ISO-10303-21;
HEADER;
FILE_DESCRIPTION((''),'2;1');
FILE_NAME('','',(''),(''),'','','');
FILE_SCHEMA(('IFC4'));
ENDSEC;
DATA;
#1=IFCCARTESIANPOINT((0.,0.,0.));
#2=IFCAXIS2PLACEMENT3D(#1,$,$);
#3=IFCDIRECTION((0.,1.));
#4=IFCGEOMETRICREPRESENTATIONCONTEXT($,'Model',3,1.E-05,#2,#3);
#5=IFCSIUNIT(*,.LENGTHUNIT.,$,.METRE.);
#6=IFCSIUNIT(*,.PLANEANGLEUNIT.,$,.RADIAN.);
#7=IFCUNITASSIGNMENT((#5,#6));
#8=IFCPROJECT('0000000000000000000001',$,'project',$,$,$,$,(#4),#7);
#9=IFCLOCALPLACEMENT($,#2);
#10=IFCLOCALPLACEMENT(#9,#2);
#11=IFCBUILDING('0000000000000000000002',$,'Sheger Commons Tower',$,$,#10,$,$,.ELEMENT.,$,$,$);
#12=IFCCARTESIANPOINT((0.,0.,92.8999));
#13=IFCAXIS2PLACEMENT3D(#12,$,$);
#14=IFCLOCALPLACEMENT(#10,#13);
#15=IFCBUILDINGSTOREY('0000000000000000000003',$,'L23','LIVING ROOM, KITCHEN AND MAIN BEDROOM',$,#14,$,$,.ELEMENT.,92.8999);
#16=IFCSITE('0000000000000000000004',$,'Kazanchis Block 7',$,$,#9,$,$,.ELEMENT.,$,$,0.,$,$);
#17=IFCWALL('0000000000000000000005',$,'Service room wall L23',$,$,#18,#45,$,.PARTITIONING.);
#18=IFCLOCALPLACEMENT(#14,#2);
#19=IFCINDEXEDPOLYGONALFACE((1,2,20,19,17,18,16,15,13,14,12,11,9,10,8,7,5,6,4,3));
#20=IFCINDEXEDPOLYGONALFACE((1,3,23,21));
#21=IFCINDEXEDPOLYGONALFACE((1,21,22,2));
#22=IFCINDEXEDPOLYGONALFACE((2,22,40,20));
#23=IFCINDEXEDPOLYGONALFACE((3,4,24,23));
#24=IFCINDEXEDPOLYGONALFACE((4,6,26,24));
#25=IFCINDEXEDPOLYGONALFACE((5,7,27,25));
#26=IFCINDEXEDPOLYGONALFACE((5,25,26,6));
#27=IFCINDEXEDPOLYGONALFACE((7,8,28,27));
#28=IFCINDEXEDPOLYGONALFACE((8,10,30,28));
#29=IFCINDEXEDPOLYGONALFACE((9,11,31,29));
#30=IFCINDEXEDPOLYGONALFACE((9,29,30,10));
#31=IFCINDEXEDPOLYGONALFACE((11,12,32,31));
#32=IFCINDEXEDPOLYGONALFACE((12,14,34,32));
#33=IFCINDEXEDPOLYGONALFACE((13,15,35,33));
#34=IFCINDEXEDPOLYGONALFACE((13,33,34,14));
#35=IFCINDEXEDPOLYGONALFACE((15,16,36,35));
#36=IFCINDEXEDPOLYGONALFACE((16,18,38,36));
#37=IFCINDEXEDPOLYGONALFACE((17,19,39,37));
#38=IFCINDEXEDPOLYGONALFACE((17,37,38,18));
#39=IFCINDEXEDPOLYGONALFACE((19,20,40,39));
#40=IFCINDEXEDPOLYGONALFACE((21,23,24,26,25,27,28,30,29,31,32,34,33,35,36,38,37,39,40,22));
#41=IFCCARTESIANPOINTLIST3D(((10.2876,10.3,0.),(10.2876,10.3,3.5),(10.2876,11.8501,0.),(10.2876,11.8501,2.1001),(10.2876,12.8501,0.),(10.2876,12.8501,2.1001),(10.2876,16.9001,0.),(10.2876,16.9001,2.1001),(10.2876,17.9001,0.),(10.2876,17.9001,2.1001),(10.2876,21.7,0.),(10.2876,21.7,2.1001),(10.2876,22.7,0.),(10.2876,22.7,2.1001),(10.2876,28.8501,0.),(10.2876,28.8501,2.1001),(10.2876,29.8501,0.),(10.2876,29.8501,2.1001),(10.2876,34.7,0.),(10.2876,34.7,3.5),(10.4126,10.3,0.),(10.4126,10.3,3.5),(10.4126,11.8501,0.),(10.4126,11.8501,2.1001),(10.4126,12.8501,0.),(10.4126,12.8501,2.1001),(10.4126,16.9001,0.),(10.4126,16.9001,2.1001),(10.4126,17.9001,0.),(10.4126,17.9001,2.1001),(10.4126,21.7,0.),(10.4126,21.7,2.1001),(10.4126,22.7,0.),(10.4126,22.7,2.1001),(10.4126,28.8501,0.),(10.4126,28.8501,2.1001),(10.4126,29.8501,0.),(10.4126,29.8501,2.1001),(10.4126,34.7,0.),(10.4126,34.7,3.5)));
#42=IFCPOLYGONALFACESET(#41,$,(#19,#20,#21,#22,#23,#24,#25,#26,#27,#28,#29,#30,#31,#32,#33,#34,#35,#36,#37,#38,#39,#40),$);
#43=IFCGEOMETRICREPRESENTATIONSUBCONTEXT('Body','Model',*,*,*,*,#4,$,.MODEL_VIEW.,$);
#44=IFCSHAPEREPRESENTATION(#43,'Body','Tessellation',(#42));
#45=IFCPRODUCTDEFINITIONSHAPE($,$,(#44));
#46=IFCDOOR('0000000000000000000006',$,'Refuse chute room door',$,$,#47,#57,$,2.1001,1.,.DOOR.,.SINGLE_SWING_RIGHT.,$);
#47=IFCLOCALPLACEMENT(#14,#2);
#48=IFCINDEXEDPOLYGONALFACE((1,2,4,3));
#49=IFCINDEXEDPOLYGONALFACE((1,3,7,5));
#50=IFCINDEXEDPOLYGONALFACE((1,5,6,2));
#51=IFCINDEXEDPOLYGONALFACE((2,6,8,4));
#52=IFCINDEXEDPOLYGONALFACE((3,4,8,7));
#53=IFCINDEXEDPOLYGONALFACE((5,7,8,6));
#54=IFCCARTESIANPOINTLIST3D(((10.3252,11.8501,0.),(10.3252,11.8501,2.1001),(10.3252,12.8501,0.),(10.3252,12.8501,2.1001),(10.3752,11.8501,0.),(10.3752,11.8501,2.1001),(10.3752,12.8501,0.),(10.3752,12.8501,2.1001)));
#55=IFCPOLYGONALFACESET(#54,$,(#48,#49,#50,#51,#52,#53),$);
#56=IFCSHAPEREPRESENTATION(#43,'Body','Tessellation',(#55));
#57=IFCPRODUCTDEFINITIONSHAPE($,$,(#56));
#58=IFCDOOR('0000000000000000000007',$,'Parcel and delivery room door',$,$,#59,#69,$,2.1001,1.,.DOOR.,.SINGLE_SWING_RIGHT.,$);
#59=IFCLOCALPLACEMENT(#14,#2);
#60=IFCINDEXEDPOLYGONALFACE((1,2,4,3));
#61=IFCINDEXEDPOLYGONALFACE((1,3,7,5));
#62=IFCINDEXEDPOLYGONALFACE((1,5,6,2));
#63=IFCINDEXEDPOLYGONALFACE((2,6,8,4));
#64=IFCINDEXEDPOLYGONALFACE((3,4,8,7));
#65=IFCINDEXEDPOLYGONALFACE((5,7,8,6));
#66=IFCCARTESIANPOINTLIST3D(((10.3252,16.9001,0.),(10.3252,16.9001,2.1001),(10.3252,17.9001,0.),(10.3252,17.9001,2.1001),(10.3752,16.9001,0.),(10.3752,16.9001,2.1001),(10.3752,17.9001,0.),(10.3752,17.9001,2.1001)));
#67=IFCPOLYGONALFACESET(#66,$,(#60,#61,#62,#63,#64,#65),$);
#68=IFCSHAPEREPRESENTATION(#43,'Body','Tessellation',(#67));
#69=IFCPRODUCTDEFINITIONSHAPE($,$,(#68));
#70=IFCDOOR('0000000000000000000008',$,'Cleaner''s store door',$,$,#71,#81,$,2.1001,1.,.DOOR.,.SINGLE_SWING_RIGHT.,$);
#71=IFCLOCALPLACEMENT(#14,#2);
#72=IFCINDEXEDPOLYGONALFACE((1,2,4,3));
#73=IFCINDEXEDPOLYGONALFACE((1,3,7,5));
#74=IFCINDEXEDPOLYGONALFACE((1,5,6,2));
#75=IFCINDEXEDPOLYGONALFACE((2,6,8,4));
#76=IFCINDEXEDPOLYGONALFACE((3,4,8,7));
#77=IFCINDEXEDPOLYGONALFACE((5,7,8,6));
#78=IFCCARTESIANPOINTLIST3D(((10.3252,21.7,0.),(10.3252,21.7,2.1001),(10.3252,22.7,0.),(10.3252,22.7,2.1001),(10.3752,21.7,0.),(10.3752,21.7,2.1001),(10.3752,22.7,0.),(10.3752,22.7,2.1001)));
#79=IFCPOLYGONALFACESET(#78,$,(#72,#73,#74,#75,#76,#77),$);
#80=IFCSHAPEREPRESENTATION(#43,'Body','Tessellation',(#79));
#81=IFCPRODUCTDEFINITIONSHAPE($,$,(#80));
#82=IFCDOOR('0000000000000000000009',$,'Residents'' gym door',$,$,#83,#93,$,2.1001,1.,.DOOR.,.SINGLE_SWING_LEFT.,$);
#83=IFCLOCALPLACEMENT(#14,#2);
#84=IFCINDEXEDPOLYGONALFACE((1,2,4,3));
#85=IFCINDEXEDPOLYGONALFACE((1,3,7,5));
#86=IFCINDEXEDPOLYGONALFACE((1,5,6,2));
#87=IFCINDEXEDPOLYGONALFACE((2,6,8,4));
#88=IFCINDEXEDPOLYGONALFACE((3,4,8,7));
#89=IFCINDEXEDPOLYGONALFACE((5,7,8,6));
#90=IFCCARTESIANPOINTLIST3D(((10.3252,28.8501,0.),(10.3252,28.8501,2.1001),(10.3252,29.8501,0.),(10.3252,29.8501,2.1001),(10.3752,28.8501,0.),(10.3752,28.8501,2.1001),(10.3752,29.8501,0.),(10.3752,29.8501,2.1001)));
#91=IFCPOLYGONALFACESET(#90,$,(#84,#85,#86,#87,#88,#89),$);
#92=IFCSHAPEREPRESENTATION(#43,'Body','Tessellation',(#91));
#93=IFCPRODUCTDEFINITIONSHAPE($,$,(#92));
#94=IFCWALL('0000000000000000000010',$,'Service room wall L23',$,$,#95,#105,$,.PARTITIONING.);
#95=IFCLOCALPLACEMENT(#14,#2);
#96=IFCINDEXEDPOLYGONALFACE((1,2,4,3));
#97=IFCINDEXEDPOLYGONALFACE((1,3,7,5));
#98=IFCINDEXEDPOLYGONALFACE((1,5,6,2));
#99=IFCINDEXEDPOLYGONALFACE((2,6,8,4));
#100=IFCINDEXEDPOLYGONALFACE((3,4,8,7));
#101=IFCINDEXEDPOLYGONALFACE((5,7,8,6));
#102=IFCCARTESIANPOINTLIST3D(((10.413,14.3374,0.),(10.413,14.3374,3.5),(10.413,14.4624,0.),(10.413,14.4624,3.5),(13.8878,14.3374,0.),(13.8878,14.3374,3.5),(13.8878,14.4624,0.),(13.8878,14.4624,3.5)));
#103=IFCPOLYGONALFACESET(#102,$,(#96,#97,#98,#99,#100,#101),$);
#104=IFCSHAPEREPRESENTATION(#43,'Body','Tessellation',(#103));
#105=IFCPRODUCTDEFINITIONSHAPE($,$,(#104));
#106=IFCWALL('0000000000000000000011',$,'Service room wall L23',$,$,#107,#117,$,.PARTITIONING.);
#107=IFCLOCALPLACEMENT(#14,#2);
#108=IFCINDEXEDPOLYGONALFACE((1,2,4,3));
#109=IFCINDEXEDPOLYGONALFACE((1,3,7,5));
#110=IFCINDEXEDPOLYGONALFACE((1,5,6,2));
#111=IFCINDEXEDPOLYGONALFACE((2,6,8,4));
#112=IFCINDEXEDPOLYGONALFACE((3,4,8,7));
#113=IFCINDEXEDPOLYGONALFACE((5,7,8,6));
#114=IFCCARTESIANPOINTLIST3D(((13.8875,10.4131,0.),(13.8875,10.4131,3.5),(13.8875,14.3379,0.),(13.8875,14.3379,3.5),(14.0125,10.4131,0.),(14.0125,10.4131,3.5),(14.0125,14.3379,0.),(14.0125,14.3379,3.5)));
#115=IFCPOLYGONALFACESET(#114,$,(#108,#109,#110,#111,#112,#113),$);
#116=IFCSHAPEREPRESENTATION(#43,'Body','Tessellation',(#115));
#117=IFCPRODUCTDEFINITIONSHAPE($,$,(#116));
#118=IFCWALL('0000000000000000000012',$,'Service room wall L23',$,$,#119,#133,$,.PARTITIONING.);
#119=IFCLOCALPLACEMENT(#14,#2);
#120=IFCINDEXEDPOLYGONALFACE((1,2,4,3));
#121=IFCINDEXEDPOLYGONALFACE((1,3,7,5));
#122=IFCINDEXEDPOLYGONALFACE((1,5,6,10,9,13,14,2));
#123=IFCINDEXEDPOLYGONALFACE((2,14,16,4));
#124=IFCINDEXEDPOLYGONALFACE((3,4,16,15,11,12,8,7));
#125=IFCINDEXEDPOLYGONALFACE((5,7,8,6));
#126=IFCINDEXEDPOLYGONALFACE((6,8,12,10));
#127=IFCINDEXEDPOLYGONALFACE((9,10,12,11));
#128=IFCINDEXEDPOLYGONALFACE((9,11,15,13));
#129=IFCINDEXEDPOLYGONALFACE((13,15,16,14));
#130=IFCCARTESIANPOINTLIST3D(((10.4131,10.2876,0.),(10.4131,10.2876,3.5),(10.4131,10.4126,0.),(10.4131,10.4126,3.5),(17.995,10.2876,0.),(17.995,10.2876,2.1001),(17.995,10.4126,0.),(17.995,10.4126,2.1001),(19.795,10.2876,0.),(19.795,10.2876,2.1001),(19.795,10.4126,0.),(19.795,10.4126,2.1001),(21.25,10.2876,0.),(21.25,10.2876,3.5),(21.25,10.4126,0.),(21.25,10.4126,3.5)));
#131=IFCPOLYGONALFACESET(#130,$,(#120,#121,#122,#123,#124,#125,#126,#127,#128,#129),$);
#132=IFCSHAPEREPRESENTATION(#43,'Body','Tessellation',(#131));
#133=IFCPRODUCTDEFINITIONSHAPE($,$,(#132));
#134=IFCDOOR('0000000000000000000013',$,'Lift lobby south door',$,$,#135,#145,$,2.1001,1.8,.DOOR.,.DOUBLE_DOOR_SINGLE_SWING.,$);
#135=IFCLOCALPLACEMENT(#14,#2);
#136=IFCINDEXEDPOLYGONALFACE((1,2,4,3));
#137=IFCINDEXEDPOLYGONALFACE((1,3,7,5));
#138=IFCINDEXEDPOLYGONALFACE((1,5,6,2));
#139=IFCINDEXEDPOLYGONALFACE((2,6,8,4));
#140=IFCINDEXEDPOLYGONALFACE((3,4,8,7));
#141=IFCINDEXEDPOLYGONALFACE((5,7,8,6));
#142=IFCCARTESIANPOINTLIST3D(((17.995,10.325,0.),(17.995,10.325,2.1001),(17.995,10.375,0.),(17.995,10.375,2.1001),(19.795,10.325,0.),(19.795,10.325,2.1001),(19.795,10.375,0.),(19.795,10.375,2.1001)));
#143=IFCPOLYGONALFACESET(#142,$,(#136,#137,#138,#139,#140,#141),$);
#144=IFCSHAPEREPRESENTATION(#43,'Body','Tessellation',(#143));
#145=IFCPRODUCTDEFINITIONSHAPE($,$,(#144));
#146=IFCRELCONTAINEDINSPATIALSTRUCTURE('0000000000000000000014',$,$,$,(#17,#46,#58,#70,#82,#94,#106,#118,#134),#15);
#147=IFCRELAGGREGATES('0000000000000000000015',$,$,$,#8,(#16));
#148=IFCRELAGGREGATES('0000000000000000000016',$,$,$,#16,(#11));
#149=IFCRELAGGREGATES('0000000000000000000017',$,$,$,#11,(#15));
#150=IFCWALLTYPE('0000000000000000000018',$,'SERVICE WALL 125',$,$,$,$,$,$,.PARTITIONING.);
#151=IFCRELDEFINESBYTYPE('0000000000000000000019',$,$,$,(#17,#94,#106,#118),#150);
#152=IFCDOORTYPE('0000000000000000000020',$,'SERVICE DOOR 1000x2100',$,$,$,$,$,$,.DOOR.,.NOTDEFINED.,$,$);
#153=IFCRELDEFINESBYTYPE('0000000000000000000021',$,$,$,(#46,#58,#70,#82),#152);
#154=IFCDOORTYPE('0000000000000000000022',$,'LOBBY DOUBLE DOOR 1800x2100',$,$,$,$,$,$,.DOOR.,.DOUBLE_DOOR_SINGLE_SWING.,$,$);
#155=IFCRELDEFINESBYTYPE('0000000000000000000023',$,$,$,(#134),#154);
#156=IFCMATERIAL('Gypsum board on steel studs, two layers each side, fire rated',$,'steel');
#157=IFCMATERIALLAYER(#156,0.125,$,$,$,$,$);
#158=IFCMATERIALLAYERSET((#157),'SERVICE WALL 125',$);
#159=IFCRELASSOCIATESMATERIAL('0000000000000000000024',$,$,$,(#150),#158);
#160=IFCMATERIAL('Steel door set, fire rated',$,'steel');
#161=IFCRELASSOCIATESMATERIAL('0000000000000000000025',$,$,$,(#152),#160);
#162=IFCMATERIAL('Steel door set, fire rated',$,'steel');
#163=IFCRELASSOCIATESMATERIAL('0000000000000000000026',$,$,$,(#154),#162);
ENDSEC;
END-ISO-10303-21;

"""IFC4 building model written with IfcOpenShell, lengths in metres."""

from ifc_helpers import new_model, si_unit, direction, frame, frame_2d, origin, place, context, subcontext, project, spatial, rectangle, extrude, material, layer, layer_set, type_object, element, fill, save


model = new_model("IFC4")

# Units and contexts
model_context = context("Model", 3, precision=1e-05, world=origin(), true_north=direction((0.0, 1.0)))
body_context = subcontext(model_context, "Body", "Model", "MODEL_VIEW")
ifc_project = project(units=[si_unit("LENGTHUNIT", "METRE"), si_unit("PLANEANGLEUNIT", "RADIAN")], contexts=[model_context])

# Site, building, storey
site_placement = place(None, origin())
site = spatial("IfcSite", under=ifc_project, at=site_placement, Name="Kazanchis Block 7", CompositionType="ELEMENT", RefElevation=0.0)
building_placement = place(site_placement, origin())
building = spatial("IfcBuilding", under=site, at=building_placement, Name="Sheger Commons Tower", CompositionType="ELEMENT")
storey_placement = place(building_placement, frame((0.0, 0.0, 92.8999)))
storey = spatial("IfcBuildingStorey", under=building, at=storey_placement, Name="L23", Description="LIVING ROOM, KITCHEN AND MAIN BEDROOM", CompositionType="ELEMENT", Elevation=92.8999)

# Wall, openings, doors
ifc_material_1 = material(Name="Gypsum board on steel studs, two layers each side, fire rated", Category="steel")
ifc_layer_1 = layer(ifc_material_1, 0.125)
ifc_layer_set_1 = layer_set([ifc_layer_1], Name="SERVICE WALL 125")
wall_type_1 = type_object("IfcWallType", Name="SERVICE WALL 125", PredefinedType="PARTITIONING", material=ifc_layer_set_1)
wall_1_placement = place(storey_placement, frame((10.3501, 10.3, 0.0), z_axis=(0.0, 0.0, 1.0), x_axis=(0.0, 1.0, 0.0)))
wall_1 = element("IfcWall", 1, at=wall_1_placement, inside=storey, type_object=wall_type_1, Name="Service room wall L23", PredefinedType="PARTITIONING", context=body_context, shape_type="SweptSolid", body=[
    extrude(rectangle(XDim=24.3999, YDim=0.125, at=frame_2d((12.2, 0.0))), origin(), (0.0, 0.0, 1.0), 3.5),
])
opening_1_placement = place(wall_1_placement, frame((1.55, 0.0, 0.0)))
opening_1 = element("IfcOpeningElement", 2, at=opening_1_placement, cuts=wall_1, PredefinedType="OPENING", context=body_context, shape_type="SweptSolid", body=[
    extrude(rectangle(XDim=1.0, YDim=2.1001, at=frame_2d((0.5, 1.05))), frame((0.0, 0.0725, 0.0), z_axis=(0.0, -1.0, 0.0), x_axis=(1.0, 0.0, 0.0)), (0.0, 0.0, 1.0), 0.145),
])
opening_2_placement = place(wall_1_placement, frame((6.6001, 0.0, 0.0)))
opening_2 = element("IfcOpeningElement", 3, at=opening_2_placement, cuts=wall_1, PredefinedType="OPENING", context=body_context, shape_type="SweptSolid", body=[
    extrude(rectangle(XDim=1.0, YDim=2.1001, at=frame_2d((0.5, 1.05))), frame((0.0, 0.0725, 0.0), z_axis=(0.0, -1.0, 0.0), x_axis=(1.0, 0.0, 0.0)), (0.0, 0.0, 1.0), 0.145),
])
opening_3_placement = place(wall_1_placement, frame((11.3999, 0.0, 0.0)))
opening_3 = element("IfcOpeningElement", 4, at=opening_3_placement, cuts=wall_1, PredefinedType="OPENING", context=body_context, shape_type="SweptSolid", body=[
    extrude(rectangle(XDim=1.0, YDim=2.1001, at=frame_2d((0.5, 1.05))), frame((0.0, 0.0725, 0.0), z_axis=(0.0, -1.0, 0.0), x_axis=(1.0, 0.0, 0.0)), (0.0, 0.0, 1.0), 0.145),
])
opening_4_placement = place(wall_1_placement, frame((18.55, 0.0, 0.0)))
opening_4 = element("IfcOpeningElement", 5, at=opening_4_placement, cuts=wall_1, PredefinedType="OPENING", context=body_context, shape_type="SweptSolid", body=[
    extrude(rectangle(XDim=1.0, YDim=2.1001, at=frame_2d((0.5, 1.05))), frame((0.0, 0.0725, 0.0), z_axis=(0.0, -1.0, 0.0), x_axis=(1.0, 0.0, 0.0)), (0.0, 0.0, 1.0), 0.145),
])
ifc_material_2 = material(Name="Steel door set, fire rated", Category="steel")
door_type_1 = type_object("IfcDoorType", Name="SERVICE DOOR 1000x2100", OperationType="NOTDEFINED", PredefinedType="DOOR", material=ifc_material_2)
door_1_placement = place(opening_1_placement, origin())
door_1 = element("IfcDoor", 6, at=door_1_placement, inside=storey, type_object=door_type_1, Name="Refuse chute room door", OperationType="SINGLE_SWING_RIGHT", OverallHeight=2.1001, OverallWidth=1.0, PredefinedType="DOOR", context=body_context, shape_type="SweptSolid", body=[
    extrude(rectangle(XDim=1.0, YDim=2.1001, at=frame_2d((0.5, 1.05))), frame((0.0, 0.0249, 0.0), z_axis=(0.0, -1.0, 0.0), x_axis=(1.0, 0.0, 0.0)), (0.0, 0.0, 1.0), 0.05),
])
fill(opening_1, door_1)
door_2_placement = place(opening_2_placement, origin())
door_2 = element("IfcDoor", 7, at=door_2_placement, inside=storey, type_object=door_type_1, Name="Parcel and delivery room door", OperationType="SINGLE_SWING_RIGHT", OverallHeight=2.1001, OverallWidth=1.0, PredefinedType="DOOR", context=body_context, shape_type="SweptSolid", body=[
    extrude(rectangle(XDim=1.0, YDim=2.1001, at=frame_2d((0.5, 1.05))), frame((0.0, 0.0249, 0.0), z_axis=(0.0, -1.0, 0.0), x_axis=(1.0, 0.0, 0.0)), (0.0, 0.0, 1.0), 0.05),
])
fill(opening_2, door_2)
door_3_placement = place(opening_3_placement, origin())
door_3 = element("IfcDoor", 8, at=door_3_placement, inside=storey, type_object=door_type_1, Name="Cleaner's store door", OperationType="SINGLE_SWING_RIGHT", OverallHeight=2.1001, OverallWidth=1.0, PredefinedType="DOOR", context=body_context, shape_type="SweptSolid", body=[
    extrude(rectangle(XDim=1.0, YDim=2.1001, at=frame_2d((0.5, 1.05))), frame((0.0, 0.0249, 0.0), z_axis=(0.0, -1.0, 0.0), x_axis=(1.0, 0.0, 0.0)), (0.0, 0.0, 1.0), 0.05),
])
fill(opening_3, door_3)
door_4_placement = place(opening_4_placement, origin())
door_4 = element("IfcDoor", 9, at=door_4_placement, inside=storey, type_object=door_type_1, Name="Residents' gym door", OperationType="SINGLE_SWING_LEFT", OverallHeight=2.1001, OverallWidth=1.0, PredefinedType="DOOR", context=body_context, shape_type="SweptSolid", body=[
    extrude(rectangle(XDim=1.0, YDim=2.1001, at=frame_2d((0.5, 1.05))), frame((0.0, 0.0249, 0.0), z_axis=(0.0, -1.0, 0.0), x_axis=(1.0, 0.0, 0.0)), (0.0, 0.0, 1.0), 0.05),
])
fill(opening_4, door_4)

# Walls
wall_2_placement = place(storey_placement, frame((10.4131, 14.3999, 0.0), z_axis=(0.0, 0.0, 1.0), x_axis=(1.0, 0.0, 0.0)))
element("IfcWall", 10, at=wall_2_placement, inside=storey, type_object=wall_type_1, Name="Service room wall L23", PredefinedType="PARTITIONING", context=body_context, shape_type="SweptSolid", body=[
    extrude(rectangle(XDim=3.4749, YDim=0.125, at=frame_2d((1.7373, 0.0))), origin(), (0.0, 0.0, 1.0), 3.5),
])
wall_3_placement = place(storey_placement, frame((13.95, 10.4131, 0.0), z_axis=(0.0, 0.0, 1.0), x_axis=(0.0, 1.0, 0.0)))
element("IfcWall", 11, at=wall_3_placement, inside=storey, type_object=wall_type_1, Name="Service room wall L23", PredefinedType="PARTITIONING", context=body_context, shape_type="SweptSolid", body=[
    extrude(rectangle(XDim=3.9248, YDim=0.125, at=frame_2d((1.9624, 0.0))), origin(), (0.0, 0.0, 1.0), 3.5),
])

# Wall, opening, door
wall_4_placement = place(storey_placement, frame((10.4131, 10.3501, 0.0), z_axis=(0.0, 0.0, 1.0), x_axis=(1.0, 0.0, 0.0)))
wall_4 = element("IfcWall", 12, at=wall_4_placement, inside=storey, type_object=wall_type_1, Name="Service room wall L23", PredefinedType="PARTITIONING", context=body_context, shape_type="SweptSolid", body=[
    extrude(rectangle(XDim=10.8369, YDim=0.125, at=frame_2d((5.4185, 0.0))), origin(), (0.0, 0.0, 1.0), 3.5),
])
opening_5_placement = place(wall_4_placement, frame((7.582, 0.0, 0.0)))
opening_5 = element("IfcOpeningElement", 13, at=opening_5_placement, cuts=wall_4, PredefinedType="OPENING", context=body_context, shape_type="SweptSolid", body=[
    extrude(rectangle(XDim=1.8, YDim=2.1001, at=frame_2d((0.8999, 1.05))), frame((0.0, 0.0725, 0.0), z_axis=(0.0, -1.0, 0.0), x_axis=(1.0, 0.0, 0.0)), (0.0, 0.0, 1.0), 0.145),
])
ifc_material_3 = material(Name="Steel door set, fire rated", Category="steel")
door_type_2 = type_object("IfcDoorType", Name="LOBBY DOUBLE DOOR 1800x2100", OperationType="DOUBLE_DOOR_SINGLE_SWING", PredefinedType="DOOR", material=ifc_material_3)
door_5_placement = place(opening_5_placement, origin())
door_5 = element("IfcDoor", 14, at=door_5_placement, inside=storey, type_object=door_type_2, Name="Lift lobby south door", OperationType="DOUBLE_DOOR_SINGLE_SWING", OverallHeight=2.1001, OverallWidth=1.8, PredefinedType="DOOR", context=body_context, shape_type="SweptSolid", body=[
    extrude(rectangle(XDim=1.8, YDim=2.1001, at=frame_2d((0.8999, 1.05))), frame((0.0, 0.0249, 0.0), z_axis=(0.0, -1.0, 0.0), x_axis=(1.0, 0.0, 0.0)), (0.0, 0.0, 1.0), 0.05),
])
fill(opening_5, door_5)

save(model, "model.ifc")
